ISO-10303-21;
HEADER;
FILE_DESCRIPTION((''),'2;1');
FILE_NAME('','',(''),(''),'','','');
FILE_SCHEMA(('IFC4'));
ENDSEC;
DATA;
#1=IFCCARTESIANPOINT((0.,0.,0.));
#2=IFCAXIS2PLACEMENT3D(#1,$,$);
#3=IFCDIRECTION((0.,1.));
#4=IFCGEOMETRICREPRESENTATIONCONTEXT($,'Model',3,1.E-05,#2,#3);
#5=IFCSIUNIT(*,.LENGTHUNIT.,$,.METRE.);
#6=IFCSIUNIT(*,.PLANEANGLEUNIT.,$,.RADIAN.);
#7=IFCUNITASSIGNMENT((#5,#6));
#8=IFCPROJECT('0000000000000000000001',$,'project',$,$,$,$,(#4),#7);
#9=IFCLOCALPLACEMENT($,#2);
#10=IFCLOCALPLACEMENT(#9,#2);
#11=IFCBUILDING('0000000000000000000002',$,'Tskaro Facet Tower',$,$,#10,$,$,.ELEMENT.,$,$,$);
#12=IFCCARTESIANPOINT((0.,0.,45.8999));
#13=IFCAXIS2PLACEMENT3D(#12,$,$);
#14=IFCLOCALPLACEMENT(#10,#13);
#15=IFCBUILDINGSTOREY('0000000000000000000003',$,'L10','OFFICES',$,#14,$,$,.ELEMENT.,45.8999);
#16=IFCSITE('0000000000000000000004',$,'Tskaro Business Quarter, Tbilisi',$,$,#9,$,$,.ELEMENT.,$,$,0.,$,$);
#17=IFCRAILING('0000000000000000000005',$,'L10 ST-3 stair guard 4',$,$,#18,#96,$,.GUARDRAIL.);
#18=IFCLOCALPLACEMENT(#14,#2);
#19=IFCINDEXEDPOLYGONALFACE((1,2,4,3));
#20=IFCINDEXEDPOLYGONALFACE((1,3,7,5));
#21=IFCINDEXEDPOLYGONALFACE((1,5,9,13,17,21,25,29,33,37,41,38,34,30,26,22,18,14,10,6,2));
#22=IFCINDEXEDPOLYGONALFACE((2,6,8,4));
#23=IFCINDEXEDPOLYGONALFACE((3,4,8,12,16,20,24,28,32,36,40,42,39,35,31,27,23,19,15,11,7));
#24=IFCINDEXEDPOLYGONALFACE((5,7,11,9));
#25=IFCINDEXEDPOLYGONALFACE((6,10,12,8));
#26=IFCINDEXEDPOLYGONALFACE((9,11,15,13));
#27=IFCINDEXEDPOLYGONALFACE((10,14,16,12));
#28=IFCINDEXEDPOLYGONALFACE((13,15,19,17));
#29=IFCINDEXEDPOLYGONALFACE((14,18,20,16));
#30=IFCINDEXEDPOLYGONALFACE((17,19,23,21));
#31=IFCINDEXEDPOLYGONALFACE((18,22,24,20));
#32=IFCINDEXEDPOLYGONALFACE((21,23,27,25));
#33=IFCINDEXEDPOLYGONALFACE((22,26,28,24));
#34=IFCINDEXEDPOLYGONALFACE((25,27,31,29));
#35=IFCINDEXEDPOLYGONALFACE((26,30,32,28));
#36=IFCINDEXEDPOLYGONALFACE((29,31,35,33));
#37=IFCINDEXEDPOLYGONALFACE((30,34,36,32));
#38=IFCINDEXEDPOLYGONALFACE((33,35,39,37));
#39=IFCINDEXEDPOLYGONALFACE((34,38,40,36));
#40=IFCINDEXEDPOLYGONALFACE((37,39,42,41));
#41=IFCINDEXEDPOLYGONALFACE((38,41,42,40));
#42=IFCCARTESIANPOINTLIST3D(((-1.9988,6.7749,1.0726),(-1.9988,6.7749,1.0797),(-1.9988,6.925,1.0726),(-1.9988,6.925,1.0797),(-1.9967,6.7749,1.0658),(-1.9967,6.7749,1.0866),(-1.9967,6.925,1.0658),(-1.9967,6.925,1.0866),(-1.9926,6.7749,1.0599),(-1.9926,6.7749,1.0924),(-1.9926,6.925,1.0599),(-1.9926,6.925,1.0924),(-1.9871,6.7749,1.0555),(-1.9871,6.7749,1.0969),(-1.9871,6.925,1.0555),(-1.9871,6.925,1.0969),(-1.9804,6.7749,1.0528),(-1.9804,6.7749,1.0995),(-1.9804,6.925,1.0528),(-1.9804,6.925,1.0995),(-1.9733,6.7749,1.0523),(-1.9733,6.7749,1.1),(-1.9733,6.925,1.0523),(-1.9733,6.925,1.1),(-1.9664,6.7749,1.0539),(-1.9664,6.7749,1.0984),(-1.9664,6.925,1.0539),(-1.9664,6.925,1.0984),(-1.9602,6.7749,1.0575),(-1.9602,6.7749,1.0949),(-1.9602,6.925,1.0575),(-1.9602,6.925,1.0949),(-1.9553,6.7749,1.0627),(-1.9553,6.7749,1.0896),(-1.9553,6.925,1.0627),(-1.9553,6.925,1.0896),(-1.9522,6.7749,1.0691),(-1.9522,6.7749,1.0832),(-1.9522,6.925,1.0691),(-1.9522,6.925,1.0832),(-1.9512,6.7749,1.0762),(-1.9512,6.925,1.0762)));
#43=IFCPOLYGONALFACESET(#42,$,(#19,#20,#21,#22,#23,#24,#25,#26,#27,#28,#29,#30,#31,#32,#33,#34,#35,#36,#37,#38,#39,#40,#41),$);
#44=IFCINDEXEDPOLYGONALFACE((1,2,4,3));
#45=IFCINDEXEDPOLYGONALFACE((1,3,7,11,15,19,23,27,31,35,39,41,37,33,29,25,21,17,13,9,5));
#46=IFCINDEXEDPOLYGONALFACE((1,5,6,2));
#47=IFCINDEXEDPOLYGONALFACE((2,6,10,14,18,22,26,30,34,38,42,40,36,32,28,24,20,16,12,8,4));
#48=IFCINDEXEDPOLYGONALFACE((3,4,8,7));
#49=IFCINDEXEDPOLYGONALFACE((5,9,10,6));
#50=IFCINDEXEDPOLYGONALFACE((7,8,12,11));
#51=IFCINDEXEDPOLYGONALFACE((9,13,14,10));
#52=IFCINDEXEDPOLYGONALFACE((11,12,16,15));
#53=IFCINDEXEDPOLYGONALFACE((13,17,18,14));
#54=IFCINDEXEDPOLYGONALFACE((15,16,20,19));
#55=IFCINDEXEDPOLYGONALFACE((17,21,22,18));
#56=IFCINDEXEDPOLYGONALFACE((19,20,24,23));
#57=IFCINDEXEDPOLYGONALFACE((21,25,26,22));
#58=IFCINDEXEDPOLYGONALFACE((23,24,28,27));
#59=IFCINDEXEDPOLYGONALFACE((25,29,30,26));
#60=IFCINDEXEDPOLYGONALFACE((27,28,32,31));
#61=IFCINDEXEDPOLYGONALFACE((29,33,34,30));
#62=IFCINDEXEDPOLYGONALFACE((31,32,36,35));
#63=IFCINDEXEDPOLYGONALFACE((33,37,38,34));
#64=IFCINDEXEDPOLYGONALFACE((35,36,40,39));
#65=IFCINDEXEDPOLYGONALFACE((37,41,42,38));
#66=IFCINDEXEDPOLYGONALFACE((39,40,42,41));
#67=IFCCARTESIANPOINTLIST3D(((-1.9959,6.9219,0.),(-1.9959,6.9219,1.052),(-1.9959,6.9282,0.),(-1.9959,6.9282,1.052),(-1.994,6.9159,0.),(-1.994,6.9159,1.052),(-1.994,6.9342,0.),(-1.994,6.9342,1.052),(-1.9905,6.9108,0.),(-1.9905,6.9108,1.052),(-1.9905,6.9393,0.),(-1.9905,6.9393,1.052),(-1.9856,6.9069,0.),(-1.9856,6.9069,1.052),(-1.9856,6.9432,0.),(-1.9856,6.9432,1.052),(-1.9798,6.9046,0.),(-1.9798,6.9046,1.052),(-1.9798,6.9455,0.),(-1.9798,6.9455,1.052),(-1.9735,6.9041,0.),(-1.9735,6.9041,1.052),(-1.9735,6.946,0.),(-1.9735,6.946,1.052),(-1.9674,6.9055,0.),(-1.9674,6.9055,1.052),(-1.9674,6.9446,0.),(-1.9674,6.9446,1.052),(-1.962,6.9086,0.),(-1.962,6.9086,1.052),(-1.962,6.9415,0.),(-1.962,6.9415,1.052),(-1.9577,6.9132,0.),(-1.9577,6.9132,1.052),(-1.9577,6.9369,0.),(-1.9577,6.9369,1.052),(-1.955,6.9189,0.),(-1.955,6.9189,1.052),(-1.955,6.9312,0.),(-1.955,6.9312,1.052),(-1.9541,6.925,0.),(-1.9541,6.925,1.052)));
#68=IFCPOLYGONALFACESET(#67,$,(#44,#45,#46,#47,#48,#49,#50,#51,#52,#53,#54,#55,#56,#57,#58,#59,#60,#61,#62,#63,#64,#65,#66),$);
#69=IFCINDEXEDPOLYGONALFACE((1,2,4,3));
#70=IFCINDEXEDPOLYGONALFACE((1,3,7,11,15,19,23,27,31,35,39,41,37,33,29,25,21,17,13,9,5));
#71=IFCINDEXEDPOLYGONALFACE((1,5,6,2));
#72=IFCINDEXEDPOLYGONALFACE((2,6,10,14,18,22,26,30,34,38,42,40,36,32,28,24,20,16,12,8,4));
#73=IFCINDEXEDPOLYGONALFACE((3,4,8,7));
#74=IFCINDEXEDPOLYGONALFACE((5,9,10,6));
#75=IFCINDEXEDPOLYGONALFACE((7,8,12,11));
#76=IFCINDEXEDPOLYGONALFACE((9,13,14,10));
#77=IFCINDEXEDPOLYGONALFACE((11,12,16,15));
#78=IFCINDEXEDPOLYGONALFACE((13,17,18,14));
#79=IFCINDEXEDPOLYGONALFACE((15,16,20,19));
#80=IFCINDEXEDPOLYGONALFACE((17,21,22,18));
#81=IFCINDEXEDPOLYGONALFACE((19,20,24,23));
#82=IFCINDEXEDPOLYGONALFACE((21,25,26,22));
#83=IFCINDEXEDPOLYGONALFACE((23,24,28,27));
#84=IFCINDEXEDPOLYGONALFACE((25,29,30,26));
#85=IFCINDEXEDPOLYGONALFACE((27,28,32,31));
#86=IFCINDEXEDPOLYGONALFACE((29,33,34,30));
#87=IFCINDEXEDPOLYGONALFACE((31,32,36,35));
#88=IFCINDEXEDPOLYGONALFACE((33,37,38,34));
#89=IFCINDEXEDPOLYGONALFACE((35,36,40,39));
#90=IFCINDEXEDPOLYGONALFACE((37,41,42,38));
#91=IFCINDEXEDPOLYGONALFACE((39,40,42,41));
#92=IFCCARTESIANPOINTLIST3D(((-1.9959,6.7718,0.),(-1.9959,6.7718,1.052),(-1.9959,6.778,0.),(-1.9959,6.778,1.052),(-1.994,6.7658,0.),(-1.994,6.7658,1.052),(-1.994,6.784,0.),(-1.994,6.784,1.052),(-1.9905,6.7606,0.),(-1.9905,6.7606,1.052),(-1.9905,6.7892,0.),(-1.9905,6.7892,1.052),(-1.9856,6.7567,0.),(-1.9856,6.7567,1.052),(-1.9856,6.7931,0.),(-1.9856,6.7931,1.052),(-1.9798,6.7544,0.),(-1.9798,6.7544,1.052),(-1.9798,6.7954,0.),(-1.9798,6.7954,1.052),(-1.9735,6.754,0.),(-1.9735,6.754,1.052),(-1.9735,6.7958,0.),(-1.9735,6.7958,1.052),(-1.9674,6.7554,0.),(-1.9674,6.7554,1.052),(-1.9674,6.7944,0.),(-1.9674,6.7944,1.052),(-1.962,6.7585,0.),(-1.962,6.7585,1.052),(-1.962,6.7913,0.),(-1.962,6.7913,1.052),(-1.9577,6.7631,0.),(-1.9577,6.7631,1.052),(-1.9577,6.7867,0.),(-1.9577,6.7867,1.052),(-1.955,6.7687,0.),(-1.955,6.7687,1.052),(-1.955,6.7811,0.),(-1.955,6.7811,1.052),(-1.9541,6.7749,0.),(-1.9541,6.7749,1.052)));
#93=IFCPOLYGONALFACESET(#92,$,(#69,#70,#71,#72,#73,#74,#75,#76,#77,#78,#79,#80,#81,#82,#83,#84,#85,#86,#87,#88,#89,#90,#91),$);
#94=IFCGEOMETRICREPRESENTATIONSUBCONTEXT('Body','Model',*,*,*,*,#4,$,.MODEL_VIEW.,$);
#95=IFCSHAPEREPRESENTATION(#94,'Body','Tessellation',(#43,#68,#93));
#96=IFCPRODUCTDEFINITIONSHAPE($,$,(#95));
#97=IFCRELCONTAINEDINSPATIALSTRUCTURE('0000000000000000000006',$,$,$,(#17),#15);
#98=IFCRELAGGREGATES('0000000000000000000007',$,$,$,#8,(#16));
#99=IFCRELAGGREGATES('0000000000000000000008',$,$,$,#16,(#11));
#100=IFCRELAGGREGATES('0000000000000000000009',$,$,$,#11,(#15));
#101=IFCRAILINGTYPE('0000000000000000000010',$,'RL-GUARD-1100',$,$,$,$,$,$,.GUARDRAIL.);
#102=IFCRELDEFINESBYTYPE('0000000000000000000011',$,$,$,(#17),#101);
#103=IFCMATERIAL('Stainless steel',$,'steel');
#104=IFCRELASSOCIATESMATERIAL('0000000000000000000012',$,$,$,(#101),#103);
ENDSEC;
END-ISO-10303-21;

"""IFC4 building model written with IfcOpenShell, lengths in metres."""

from ifc_helpers import new_model, si_unit, direction, frame, origin, origin_2d, place, context, subcontext, project, spatial, circle, extrude, material, type_object, element, save


model = new_model("IFC4")

# Units and contexts
model_context = context("Model", 3, precision=1e-05, world=origin(), true_north=direction((0.0, 1.0)))
body_context = subcontext(model_context, "Body", "Model", "MODEL_VIEW")
ifc_project = project(units=[si_unit("LENGTHUNIT", "METRE"), si_unit("PLANEANGLEUNIT", "RADIAN")], contexts=[model_context])

# Site, building, storey
site_placement = place(None, origin())
site = spatial("IfcSite", under=ifc_project, at=site_placement, Name="Tskaro Business Quarter, Tbilisi", CompositionType="ELEMENT", RefElevation=0.0)
building_placement = place(site_placement, origin())
building = spatial("IfcBuilding", under=site, at=building_placement, Name="Tskaro Facet Tower", CompositionType="ELEMENT")
storey_placement = place(building_placement, frame((0.0, 0.0, 45.8999)))
storey = spatial("IfcBuildingStorey", under=building, at=storey_placement, Name="L10", Description="OFFICES", CompositionType="ELEMENT", Elevation=45.8999)

# Railing
ifc_material_1 = material(Name="Stainless steel", Category="steel")
railing_type_1 = type_object("IfcRailingType", Name="RL-GUARD-1100", PredefinedType="GUARDRAIL", material=ifc_material_1)
railing_1_placement = place(storey_placement, frame((-1.9751, 6.925, 0.0)))
element("IfcRailing", 1, at=railing_1_placement, inside=storey, type_object=railing_type_1, Name="L10 ST-3 stair guard 4", PredefinedType="GUARDRAIL", context=body_context, shape_type="SweptSolid", body=[
    extrude(circle(Radius=0.0239, at=origin_2d()), frame((0.0, 0.0, 1.0762), z_axis=(0.0, -1.0, 0.0), x_axis=(1.0, 0.0, 0.0)), (0.0, 0.0, 1.0), 0.1501),
    extrude(circle(Radius=0.021, at=origin_2d()), origin(), (0.0, 0.0, 1.0), 1.052),
    extrude(circle(Radius=0.021, at=origin_2d()), frame((0.0, -0.1501, 0.0)), (0.0, 0.0, 1.0), 1.052),
])

save(model, "model.ifc")
